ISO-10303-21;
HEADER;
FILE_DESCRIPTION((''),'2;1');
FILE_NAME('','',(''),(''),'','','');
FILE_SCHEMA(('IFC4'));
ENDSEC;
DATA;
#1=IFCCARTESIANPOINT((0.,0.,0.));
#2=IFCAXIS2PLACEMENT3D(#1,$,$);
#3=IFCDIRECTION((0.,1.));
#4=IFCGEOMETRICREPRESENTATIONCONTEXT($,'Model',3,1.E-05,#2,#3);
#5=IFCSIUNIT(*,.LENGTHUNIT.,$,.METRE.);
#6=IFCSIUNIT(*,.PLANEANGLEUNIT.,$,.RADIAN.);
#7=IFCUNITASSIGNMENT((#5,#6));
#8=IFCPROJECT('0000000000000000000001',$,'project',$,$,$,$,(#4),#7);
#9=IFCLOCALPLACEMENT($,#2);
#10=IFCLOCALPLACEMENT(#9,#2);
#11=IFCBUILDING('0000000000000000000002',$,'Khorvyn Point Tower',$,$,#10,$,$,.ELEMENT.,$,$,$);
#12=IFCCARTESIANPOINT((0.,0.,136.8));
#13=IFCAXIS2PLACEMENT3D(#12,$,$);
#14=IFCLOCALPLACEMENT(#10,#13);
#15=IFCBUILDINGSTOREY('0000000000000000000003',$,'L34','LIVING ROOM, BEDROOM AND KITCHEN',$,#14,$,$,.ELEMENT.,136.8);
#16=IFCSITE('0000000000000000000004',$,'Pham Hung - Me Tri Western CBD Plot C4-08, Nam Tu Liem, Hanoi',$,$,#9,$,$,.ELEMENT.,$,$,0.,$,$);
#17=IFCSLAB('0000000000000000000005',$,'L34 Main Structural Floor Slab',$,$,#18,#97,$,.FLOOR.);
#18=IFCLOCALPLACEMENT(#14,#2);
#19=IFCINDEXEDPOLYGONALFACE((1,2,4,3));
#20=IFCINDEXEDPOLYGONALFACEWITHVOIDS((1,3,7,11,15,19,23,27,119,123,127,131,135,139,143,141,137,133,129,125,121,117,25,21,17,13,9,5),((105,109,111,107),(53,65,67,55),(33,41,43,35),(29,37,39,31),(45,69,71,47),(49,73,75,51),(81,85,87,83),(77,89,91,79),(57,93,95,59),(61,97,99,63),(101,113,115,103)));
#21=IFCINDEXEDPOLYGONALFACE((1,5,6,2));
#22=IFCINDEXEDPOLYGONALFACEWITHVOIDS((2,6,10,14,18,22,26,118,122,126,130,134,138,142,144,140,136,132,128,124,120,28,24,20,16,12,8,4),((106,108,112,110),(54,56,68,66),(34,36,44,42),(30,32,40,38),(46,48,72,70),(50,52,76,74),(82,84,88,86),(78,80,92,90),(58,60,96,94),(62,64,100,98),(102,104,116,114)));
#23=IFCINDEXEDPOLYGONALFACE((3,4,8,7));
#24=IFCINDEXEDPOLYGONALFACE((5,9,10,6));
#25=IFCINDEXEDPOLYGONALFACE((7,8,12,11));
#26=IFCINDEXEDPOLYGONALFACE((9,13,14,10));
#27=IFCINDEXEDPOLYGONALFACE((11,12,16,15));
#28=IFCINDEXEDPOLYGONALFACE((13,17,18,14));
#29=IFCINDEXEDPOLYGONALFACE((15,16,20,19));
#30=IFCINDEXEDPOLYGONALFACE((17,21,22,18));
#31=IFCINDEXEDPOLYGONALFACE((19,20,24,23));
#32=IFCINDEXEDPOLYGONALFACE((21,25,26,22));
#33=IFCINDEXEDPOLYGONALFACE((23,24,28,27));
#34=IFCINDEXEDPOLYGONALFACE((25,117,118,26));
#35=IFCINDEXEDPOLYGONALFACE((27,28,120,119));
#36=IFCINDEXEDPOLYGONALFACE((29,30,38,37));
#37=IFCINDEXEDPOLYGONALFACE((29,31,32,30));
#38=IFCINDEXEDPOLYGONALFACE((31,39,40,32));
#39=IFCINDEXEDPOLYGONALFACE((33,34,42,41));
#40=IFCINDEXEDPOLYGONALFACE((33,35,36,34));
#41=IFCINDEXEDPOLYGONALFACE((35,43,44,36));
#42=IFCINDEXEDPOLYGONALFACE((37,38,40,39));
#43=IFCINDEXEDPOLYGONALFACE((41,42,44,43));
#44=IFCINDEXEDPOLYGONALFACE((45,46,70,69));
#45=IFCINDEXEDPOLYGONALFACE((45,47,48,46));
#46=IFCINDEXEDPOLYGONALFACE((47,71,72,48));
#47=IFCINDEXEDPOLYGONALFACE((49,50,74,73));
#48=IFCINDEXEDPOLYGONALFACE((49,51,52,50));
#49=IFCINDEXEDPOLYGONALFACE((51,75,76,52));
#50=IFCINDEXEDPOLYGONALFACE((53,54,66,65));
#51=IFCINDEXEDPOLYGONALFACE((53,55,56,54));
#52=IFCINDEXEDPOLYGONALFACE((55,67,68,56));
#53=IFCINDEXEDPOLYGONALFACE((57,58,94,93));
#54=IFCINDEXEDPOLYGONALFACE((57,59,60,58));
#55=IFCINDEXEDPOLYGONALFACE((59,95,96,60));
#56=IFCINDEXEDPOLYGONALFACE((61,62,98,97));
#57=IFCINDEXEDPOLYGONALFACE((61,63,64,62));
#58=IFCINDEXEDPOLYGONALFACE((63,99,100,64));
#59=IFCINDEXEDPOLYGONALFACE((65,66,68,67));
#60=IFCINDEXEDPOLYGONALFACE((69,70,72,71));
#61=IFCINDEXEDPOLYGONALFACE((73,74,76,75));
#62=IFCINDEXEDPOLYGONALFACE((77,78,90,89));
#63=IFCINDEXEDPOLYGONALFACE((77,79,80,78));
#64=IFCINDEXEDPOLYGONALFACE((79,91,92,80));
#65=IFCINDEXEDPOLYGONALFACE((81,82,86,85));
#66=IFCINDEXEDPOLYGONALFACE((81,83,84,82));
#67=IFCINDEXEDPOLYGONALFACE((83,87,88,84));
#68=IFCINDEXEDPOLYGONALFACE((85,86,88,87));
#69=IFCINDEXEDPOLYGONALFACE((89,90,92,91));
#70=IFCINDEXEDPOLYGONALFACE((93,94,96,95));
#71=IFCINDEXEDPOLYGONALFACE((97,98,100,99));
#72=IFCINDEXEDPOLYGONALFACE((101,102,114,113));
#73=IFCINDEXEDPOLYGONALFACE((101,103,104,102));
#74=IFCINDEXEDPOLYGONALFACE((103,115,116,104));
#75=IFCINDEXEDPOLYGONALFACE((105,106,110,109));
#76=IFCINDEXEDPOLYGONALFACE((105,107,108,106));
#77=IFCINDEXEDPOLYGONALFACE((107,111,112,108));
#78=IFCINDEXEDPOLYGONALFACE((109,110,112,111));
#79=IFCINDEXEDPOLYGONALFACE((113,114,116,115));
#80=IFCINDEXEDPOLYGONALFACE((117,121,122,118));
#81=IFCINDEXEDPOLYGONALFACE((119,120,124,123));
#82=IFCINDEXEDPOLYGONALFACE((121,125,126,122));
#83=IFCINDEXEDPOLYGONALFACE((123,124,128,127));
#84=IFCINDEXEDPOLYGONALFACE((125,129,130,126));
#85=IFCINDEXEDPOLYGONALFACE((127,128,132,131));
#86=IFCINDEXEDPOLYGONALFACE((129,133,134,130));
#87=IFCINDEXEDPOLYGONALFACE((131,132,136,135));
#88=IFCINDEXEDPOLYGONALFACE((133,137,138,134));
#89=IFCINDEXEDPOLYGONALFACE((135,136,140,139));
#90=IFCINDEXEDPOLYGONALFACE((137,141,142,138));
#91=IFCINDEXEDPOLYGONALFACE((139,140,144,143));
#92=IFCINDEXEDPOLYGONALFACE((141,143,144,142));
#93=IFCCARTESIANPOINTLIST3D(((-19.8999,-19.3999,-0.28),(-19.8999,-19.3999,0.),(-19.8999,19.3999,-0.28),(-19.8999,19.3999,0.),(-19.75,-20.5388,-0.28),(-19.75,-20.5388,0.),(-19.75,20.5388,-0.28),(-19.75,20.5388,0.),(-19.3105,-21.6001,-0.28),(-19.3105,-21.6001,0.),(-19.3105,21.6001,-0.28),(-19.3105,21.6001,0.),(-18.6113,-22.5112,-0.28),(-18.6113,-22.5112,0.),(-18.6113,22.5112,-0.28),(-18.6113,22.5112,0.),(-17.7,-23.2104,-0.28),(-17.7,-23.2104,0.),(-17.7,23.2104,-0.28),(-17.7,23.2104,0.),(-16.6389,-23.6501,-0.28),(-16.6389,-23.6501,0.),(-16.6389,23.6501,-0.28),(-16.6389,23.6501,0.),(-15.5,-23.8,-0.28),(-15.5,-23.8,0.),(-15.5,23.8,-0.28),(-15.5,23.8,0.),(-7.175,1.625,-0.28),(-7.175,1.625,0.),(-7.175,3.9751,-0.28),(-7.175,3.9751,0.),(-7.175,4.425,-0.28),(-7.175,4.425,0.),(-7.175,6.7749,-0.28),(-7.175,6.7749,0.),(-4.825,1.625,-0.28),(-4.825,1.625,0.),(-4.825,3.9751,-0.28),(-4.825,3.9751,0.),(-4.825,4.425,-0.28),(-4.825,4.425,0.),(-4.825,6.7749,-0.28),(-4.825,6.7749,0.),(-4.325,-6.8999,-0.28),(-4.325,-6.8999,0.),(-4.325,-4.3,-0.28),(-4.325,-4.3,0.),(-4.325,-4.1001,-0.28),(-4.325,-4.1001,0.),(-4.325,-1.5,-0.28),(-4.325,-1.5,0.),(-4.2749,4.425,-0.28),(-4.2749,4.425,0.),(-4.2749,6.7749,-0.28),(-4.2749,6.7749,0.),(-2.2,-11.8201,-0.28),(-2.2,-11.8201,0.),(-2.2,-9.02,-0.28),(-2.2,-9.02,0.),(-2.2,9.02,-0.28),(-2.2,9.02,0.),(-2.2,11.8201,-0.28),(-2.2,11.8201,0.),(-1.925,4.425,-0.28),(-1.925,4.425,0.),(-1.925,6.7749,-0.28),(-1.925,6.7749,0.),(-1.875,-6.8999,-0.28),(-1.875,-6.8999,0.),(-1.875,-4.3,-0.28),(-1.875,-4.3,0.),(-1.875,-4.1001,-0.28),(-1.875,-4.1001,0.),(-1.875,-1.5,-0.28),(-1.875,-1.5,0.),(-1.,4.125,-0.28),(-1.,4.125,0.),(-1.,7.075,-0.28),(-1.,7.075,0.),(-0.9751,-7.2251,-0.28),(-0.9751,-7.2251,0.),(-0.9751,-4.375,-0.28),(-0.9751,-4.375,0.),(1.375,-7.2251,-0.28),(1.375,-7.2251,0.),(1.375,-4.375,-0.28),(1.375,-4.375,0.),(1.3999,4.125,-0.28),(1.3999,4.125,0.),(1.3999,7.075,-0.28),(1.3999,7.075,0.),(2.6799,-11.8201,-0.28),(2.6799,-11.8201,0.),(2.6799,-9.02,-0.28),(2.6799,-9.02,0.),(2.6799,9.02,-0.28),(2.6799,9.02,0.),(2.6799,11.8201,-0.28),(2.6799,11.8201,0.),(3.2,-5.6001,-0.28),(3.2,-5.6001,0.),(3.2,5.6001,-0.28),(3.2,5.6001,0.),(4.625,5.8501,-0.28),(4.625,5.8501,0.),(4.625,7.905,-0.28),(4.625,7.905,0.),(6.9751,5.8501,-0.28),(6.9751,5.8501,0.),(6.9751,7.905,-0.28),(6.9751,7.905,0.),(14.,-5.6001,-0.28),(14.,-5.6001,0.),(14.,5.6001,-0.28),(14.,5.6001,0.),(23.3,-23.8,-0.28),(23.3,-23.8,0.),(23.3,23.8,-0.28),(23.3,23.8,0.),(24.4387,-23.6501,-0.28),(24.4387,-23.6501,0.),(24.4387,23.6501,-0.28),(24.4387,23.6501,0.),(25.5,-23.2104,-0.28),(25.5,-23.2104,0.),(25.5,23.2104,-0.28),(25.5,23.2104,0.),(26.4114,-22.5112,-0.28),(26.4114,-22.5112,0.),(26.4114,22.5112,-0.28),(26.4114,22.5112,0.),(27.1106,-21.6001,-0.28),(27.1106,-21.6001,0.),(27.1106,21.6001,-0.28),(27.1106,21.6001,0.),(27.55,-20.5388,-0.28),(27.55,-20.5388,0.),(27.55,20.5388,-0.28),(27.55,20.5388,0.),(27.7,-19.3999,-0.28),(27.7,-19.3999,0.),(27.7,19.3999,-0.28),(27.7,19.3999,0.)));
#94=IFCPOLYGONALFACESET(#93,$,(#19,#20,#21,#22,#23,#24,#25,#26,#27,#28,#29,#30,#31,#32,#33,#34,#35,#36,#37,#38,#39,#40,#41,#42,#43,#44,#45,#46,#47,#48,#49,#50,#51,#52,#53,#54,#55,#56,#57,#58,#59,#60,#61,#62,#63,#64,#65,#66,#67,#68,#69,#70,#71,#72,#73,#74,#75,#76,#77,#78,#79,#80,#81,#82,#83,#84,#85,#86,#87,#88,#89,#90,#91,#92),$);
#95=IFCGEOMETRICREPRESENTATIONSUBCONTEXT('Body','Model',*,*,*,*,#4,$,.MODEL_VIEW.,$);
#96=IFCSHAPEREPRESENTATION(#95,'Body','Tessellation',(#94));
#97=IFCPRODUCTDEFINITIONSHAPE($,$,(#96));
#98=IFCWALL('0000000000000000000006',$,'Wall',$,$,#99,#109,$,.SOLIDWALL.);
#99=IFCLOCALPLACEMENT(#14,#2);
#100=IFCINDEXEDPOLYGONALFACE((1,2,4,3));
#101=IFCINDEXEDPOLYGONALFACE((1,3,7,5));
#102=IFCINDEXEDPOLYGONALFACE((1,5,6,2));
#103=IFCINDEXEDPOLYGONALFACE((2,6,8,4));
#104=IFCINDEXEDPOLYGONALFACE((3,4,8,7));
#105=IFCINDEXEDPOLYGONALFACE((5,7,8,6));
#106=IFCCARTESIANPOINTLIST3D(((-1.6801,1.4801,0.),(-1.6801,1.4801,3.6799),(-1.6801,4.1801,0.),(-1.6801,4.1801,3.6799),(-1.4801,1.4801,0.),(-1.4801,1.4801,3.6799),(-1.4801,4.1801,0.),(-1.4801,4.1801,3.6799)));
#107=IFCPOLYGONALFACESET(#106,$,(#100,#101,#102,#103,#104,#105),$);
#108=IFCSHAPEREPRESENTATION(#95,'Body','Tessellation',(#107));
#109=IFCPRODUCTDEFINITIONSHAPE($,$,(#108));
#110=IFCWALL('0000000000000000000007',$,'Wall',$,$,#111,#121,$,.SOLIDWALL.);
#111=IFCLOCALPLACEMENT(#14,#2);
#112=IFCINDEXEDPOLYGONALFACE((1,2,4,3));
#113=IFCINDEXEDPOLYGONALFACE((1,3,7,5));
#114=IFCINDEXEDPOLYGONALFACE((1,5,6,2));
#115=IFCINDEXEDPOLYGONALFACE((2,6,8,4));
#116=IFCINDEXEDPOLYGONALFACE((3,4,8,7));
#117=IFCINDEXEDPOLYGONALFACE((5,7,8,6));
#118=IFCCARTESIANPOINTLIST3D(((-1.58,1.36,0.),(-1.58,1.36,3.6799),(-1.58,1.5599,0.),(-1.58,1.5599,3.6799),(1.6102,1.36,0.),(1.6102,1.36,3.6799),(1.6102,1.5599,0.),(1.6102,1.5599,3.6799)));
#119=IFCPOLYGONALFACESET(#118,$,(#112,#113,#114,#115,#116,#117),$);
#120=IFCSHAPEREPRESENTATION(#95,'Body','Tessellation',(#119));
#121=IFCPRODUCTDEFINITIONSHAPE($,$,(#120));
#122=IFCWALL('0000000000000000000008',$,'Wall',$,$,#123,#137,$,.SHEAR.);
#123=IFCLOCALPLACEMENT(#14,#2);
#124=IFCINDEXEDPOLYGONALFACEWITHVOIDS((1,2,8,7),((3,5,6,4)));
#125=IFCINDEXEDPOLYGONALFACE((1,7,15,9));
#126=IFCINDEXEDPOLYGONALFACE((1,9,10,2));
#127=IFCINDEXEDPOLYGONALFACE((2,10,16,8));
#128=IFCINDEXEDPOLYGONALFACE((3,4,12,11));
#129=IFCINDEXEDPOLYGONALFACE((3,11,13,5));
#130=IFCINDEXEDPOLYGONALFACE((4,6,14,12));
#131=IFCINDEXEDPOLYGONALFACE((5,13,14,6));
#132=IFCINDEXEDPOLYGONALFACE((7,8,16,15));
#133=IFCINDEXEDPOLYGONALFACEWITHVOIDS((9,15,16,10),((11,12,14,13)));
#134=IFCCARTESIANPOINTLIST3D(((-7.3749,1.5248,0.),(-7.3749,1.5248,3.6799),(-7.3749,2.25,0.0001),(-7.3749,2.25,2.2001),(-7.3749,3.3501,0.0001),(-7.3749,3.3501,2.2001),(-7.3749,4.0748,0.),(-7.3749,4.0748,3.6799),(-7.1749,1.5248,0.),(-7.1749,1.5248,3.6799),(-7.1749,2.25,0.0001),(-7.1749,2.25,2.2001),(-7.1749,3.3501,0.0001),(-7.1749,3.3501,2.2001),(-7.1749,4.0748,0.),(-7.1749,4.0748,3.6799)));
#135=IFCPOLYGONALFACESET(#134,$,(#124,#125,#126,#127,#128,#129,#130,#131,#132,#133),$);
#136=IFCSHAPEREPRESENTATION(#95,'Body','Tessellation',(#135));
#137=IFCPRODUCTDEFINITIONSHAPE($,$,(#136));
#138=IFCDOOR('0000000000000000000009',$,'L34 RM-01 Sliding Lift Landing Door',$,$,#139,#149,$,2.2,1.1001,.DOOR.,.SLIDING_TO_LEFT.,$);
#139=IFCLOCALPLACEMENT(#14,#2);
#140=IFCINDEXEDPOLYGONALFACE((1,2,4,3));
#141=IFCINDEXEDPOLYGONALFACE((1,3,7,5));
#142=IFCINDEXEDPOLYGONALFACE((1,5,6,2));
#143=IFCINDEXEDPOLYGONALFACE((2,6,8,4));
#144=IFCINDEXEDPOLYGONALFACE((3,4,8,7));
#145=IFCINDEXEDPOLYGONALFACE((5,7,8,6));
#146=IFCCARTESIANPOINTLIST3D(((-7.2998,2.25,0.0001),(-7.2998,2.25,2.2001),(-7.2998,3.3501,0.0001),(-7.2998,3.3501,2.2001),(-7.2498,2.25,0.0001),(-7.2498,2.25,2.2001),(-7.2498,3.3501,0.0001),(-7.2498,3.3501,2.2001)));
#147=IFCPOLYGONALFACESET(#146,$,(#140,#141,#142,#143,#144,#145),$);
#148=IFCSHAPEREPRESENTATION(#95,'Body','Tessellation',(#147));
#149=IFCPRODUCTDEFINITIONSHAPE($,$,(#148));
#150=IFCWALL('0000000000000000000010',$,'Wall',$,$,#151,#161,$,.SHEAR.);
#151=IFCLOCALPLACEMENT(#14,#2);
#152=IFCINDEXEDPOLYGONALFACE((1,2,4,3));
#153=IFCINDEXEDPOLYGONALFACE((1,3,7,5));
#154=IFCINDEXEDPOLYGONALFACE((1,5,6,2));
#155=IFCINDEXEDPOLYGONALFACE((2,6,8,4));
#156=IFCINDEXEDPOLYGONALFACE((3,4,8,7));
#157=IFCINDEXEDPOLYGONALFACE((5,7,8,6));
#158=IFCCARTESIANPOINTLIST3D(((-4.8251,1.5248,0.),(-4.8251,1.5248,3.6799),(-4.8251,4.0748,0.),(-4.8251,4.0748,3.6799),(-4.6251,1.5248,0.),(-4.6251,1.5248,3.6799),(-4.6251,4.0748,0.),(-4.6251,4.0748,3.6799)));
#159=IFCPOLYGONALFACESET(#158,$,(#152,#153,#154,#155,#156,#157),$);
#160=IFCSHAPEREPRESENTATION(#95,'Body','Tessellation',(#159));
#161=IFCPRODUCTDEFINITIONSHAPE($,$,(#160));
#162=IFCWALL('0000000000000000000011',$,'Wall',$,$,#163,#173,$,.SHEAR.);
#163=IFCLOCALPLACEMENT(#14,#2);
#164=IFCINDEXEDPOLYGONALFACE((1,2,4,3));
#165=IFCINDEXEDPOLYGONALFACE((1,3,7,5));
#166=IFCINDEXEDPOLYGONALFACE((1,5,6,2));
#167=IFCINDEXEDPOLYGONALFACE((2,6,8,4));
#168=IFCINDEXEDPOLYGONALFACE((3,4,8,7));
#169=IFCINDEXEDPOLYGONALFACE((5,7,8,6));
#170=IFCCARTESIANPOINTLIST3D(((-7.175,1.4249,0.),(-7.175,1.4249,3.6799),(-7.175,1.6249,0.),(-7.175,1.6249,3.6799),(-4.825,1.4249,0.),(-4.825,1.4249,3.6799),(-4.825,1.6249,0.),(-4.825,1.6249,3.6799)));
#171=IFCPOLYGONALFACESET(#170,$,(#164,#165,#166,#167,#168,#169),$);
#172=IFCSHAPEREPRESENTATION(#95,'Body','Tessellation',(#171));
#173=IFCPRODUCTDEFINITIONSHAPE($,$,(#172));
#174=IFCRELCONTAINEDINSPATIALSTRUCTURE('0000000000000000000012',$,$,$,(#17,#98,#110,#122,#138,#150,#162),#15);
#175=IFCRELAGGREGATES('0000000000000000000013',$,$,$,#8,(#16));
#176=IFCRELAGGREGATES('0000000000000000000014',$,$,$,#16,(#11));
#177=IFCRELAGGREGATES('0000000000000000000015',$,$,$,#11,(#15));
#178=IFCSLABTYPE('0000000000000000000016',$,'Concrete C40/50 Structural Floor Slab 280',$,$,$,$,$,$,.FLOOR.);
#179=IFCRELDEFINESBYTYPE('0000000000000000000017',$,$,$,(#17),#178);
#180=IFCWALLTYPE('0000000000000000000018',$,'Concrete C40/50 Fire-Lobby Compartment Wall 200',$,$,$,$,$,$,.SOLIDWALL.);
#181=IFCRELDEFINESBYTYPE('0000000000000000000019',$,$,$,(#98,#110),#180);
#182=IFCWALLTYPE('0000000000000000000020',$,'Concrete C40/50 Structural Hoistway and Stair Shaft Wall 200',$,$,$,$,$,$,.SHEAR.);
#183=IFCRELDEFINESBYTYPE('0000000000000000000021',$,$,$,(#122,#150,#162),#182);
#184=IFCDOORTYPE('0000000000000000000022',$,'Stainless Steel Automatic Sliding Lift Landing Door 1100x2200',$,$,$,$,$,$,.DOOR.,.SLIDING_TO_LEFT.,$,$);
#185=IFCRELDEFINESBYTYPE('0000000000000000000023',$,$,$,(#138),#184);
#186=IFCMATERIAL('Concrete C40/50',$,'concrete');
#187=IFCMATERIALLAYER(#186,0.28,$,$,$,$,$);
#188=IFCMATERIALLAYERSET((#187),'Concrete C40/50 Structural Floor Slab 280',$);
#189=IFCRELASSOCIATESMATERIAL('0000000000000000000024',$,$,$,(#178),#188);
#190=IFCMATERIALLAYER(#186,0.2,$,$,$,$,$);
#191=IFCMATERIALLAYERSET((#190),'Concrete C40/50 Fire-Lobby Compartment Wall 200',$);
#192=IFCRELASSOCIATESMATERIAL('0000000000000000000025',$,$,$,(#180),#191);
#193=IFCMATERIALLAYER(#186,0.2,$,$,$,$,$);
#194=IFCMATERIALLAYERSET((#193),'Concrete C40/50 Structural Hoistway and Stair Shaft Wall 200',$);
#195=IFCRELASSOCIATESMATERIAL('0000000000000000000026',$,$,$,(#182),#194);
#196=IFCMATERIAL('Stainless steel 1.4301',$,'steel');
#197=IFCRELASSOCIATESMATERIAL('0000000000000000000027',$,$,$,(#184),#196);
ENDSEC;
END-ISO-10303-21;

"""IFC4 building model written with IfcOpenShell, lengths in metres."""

from ifc_helpers import new_model, si_unit, direction, frame, frame_2d, origin, place, context, subcontext, project, spatial, polyline, rectangle, outline, extrude, material, layer, layer_set, type_object, element, fill, save


model = new_model("IFC4")

# Units and contexts
model_context = context("Model", 3, precision=1e-05, world=origin(), true_north=direction((0.0, 1.0)))
body_context = subcontext(model_context, "Body", "Model", "MODEL_VIEW")
ifc_project = project(units=[si_unit("LENGTHUNIT", "METRE"), si_unit("PLANEANGLEUNIT", "RADIAN")], contexts=[model_context])

# Site, building, storey
site_placement = place(None, origin())
site = spatial("IfcSite", under=ifc_project, at=site_placement, Name="Pham Hung - Me Tri Western CBD Plot C4-08, Nam Tu Liem, Hanoi", CompositionType="ELEMENT", RefElevation=0.0)
building_placement = place(site_placement, origin())
building = spatial("IfcBuilding", under=site, at=building_placement, Name="Khorvyn Point Tower", CompositionType="ELEMENT")
storey_placement = place(building_placement, frame((0.0, 0.0, 136.8)))
storey = spatial("IfcBuildingStorey", under=building, at=storey_placement, Name="L34", Description="LIVING ROOM, BEDROOM AND KITCHEN", CompositionType="ELEMENT", Elevation=136.8)

# Shared definitions
ifc_material_1 = material(Name="Concrete C40/50", Category="concrete")

# Slab
ifc_layer_1 = layer(ifc_material_1, 0.28)
ifc_layer_set_1 = layer_set([ifc_layer_1], Name="Concrete C40/50 Structural Floor Slab 280")
slab_type_1 = type_object("IfcSlabType", Name="Concrete C40/50 Structural Floor Slab 280", PredefinedType="FLOOR", material=ifc_layer_set_1)
slab_1_placement = place(storey_placement, frame((0.0, 0.0, -0.28)))
element("IfcSlab", 1, at=slab_1_placement, inside=storey, type_object=slab_type_1, Name="L34 Main Structural Floor Slab", PredefinedType="FLOOR", context=body_context, shape_type="SweptSolid", body=[
    extrude(outline(polyline([(-15.5, -23.8), (-16.6389, -23.6501), (-17.7, -23.2104), (-18.6113, -22.5112), (-19.3105, -21.6001), (-19.75, -20.5388), (-19.8999, -19.3999), (-19.8999, 19.3999), (-19.75, 20.5388), (-19.3105, 21.6001), (-18.6113, 22.5112), (-17.7, 23.2104), (-16.6389, 23.6501), (-15.5, 23.8), (23.3, 23.8), (24.4387, 23.6501), (25.5, 23.2104), (26.4114, 22.5112), (27.1106, 21.6001), (27.55, 20.5388), (27.7, 19.3999), (27.7, -19.3999), (27.55, -20.5388), (27.1106, -21.6001), (26.4114, -22.5112), (25.5, -23.2104), (24.4387, -23.6501), (23.3, -23.8), (-15.5, -23.8)]), holes=[polyline([(-1.875, -6.8999), (-1.875, -4.3), (-4.325, -4.3), (-4.325, -6.8999), (-1.875, -6.8999)]), polyline([(-1.875, -4.1001), (-1.875, -1.5), (-4.325, -1.5), (-4.325, -4.1001), (-1.875, -4.1001)]), polyline([(-4.825, 1.625), (-4.825, 3.9751), (-7.175, 3.9751), (-7.175, 1.625), (-4.825, 1.625)]), polyline([(-7.175, 4.425), (-4.825, 4.425), (-4.825, 6.7749), (-7.175, 6.7749), (-7.175, 4.425)]), polyline([(-4.2749, 4.425), (-1.925, 4.425), (-1.925, 6.7749), (-4.2749, 6.7749), (-4.2749, 4.425)]), polyline([(1.3999, 4.125), (1.3999, 7.075), (-1.0, 7.075), (-1.0, 4.125), (1.3999, 4.125)]), polyline([(-2.2, -11.8201), (2.6799, -11.8201), (2.6799, -9.02), (-2.2, -9.02), (-2.2, -11.8201)]), polyline([(-0.9751, -7.2251), (1.375, -7.2251), (1.375, -4.375), (-0.9751, -4.375), (-0.9751, -7.2251)]), polyline([(14.0, -5.6001), (14.0, 5.6001), (3.2, 5.6001), (3.2, -5.6001), (14.0, -5.6001)]), polyline([(4.625, 5.8501), (6.9751, 5.8501), (6.9751, 7.905), (4.625, 7.905), (4.625, 5.8501)]), polyline([(-2.2, 9.02), (2.6799, 9.02), (2.6799, 11.8201), (-2.2, 11.8201), (-2.2, 9.02)])]), origin(), (0.0, 0.0, 1.0), 0.28),
])

# Shared definitions
ifc_layer_2 = layer(ifc_material_1, 0.2)
ifc_layer_set_2 = layer_set([ifc_layer_2], Name="Concrete C40/50 Fire-Lobby Compartment Wall 200")
wall_type_1 = type_object("IfcWallType", Name="Concrete C40/50 Fire-Lobby Compartment Wall 200", PredefinedType="SOLIDWALL", material=ifc_layer_set_2)

# Walls
wall_1_placement = place(storey_placement, frame((-1.5801, 1.48, 0.0), z_axis=(0.0, 0.0, 1.0), x_axis=(0.0, 1.0, 0.0)))
element("IfcWall", 2, at=wall_1_placement, inside=storey, type_object=wall_type_1, Name="Wall", PredefinedType="SOLIDWALL", context=body_context, shape_type="SweptSolid", body=[
    extrude(rectangle(XDim=2.7, YDim=0.2, at=frame_2d((1.3501, 0.0))), origin(), (0.0, 0.0, 1.0), 3.6799),
])
wall_2_placement = place(storey_placement, frame((-1.5801, 1.46, 0.0), z_axis=(0.0, 0.0, 1.0), x_axis=(1.0, 0.0, 0.0)))
element("IfcWall", 3, at=wall_2_placement, inside=storey, type_object=wall_type_1, Name="Wall", PredefinedType="SOLIDWALL", context=body_context, shape_type="SweptSolid", body=[
    extrude(rectangle(XDim=3.1902, YDim=0.2, at=frame_2d((1.5952, 0.0))), origin(), (0.0, 0.0, 1.0), 3.6799),
])

# Wall, opening, door
ifc_layer_3 = layer(ifc_material_1, 0.2)
ifc_layer_set_3 = layer_set([ifc_layer_3], Name="Concrete C40/50 Structural Hoistway and Stair Shaft Wall 200")
wall_type_2 = type_object("IfcWallType", Name="Concrete C40/50 Structural Hoistway and Stair Shaft Wall 200", PredefinedType="SHEAR", material=ifc_layer_set_3)
wall_3_placement = place(storey_placement, frame((-7.2749, 1.5249, 0.0), z_axis=(0.0, 0.0, 1.0), x_axis=(0.0, 1.0, 0.0)))
wall_3 = element("IfcWall", 4, at=wall_3_placement, inside=storey, type_object=wall_type_2, Name="Wall", PredefinedType="SHEAR", context=body_context, shape_type="SweptSolid", body=[
    extrude(rectangle(XDim=2.55, YDim=0.2, at=frame_2d((1.2749, 0.0))), origin(), (0.0, 0.0, 1.0), 3.6799),
])
opening_1_placement = place(wall_3_placement, frame((0.7251, 0.0, 0.0)))
opening_1 = element("IfcOpeningElement", 5, at=opening_1_placement, cuts=wall_3, PredefinedType="OPENING", context=body_context, shape_type="SweptSolid", body=[
    extrude(rectangle(XDim=1.1001, YDim=2.2, at=frame_2d((0.55, 1.1001))), frame((0.0, 0.1099, 0.0), z_axis=(0.0, -1.0, 0.0), x_axis=(1.0, 0.0, 0.0)), (0.0, 0.0, 1.0), 0.22),
])
ifc_material_2 = material(Name="Stainless steel 1.4301", Category="steel")
door_type_1 = type_object("IfcDoorType", Name="Stainless Steel Automatic Sliding Lift Landing Door 1100x2200", OperationType="SLIDING_TO_LEFT", PredefinedType="DOOR", material=ifc_material_2)
door_1_placement = place(opening_1_placement, origin())
door_1 = element("IfcDoor", 6, at=door_1_placement, inside=storey, type_object=door_type_1, Name="L34 RM-01 Sliding Lift Landing Door", OperationType="SLIDING_TO_LEFT", OverallHeight=2.2, OverallWidth=1.1001, PredefinedType="DOOR", context=body_context, shape_type="SweptSolid", body=[
    extrude(rectangle(XDim=1.1001, YDim=2.2, at=frame_2d((0.55, 1.1001))), frame((0.0, 0.0249, 0.0), z_axis=(0.0, -1.0, 0.0), x_axis=(1.0, 0.0, 0.0)), (0.0, 0.0, 1.0), 0.05),
])
fill(opening_1, door_1)

# Walls
wall_4_placement = place(storey_placement, frame((-4.7251, 1.5249, 0.0), z_axis=(0.0, 0.0, 1.0), x_axis=(0.0, 1.0, 0.0)))
element("IfcWall", 7, at=wall_4_placement, inside=storey, type_object=wall_type_2, Name="Wall", PredefinedType="SHEAR", context=body_context, shape_type="SweptSolid", body=[
    extrude(rectangle(XDim=2.55, YDim=0.2, at=frame_2d((1.2749, 0.0))), origin(), (0.0, 0.0, 1.0), 3.6799),
])
for number, where, z_axis, x_axis, name in (
    (8, (-7.175, 1.5249, 0.0), (0.0, 0.0, 1.0), (1.0, 0.0, 0.0), "Wall"),
):
    element("IfcWall", number, at=place(storey_placement, frame(where, z_axis=z_axis, x_axis=x_axis)), inside=storey, type_object=wall_type_2, Name=name, PredefinedType="SHEAR", context=body_context, shape_type="SweptSolid", body=[
        extrude(rectangle(XDim=2.3501, YDim=0.2, at=frame_2d((1.175, 0.0))), origin(), (0.0, 0.0, 1.0), 3.6799),
    ])

save(model, "model.ifc")
